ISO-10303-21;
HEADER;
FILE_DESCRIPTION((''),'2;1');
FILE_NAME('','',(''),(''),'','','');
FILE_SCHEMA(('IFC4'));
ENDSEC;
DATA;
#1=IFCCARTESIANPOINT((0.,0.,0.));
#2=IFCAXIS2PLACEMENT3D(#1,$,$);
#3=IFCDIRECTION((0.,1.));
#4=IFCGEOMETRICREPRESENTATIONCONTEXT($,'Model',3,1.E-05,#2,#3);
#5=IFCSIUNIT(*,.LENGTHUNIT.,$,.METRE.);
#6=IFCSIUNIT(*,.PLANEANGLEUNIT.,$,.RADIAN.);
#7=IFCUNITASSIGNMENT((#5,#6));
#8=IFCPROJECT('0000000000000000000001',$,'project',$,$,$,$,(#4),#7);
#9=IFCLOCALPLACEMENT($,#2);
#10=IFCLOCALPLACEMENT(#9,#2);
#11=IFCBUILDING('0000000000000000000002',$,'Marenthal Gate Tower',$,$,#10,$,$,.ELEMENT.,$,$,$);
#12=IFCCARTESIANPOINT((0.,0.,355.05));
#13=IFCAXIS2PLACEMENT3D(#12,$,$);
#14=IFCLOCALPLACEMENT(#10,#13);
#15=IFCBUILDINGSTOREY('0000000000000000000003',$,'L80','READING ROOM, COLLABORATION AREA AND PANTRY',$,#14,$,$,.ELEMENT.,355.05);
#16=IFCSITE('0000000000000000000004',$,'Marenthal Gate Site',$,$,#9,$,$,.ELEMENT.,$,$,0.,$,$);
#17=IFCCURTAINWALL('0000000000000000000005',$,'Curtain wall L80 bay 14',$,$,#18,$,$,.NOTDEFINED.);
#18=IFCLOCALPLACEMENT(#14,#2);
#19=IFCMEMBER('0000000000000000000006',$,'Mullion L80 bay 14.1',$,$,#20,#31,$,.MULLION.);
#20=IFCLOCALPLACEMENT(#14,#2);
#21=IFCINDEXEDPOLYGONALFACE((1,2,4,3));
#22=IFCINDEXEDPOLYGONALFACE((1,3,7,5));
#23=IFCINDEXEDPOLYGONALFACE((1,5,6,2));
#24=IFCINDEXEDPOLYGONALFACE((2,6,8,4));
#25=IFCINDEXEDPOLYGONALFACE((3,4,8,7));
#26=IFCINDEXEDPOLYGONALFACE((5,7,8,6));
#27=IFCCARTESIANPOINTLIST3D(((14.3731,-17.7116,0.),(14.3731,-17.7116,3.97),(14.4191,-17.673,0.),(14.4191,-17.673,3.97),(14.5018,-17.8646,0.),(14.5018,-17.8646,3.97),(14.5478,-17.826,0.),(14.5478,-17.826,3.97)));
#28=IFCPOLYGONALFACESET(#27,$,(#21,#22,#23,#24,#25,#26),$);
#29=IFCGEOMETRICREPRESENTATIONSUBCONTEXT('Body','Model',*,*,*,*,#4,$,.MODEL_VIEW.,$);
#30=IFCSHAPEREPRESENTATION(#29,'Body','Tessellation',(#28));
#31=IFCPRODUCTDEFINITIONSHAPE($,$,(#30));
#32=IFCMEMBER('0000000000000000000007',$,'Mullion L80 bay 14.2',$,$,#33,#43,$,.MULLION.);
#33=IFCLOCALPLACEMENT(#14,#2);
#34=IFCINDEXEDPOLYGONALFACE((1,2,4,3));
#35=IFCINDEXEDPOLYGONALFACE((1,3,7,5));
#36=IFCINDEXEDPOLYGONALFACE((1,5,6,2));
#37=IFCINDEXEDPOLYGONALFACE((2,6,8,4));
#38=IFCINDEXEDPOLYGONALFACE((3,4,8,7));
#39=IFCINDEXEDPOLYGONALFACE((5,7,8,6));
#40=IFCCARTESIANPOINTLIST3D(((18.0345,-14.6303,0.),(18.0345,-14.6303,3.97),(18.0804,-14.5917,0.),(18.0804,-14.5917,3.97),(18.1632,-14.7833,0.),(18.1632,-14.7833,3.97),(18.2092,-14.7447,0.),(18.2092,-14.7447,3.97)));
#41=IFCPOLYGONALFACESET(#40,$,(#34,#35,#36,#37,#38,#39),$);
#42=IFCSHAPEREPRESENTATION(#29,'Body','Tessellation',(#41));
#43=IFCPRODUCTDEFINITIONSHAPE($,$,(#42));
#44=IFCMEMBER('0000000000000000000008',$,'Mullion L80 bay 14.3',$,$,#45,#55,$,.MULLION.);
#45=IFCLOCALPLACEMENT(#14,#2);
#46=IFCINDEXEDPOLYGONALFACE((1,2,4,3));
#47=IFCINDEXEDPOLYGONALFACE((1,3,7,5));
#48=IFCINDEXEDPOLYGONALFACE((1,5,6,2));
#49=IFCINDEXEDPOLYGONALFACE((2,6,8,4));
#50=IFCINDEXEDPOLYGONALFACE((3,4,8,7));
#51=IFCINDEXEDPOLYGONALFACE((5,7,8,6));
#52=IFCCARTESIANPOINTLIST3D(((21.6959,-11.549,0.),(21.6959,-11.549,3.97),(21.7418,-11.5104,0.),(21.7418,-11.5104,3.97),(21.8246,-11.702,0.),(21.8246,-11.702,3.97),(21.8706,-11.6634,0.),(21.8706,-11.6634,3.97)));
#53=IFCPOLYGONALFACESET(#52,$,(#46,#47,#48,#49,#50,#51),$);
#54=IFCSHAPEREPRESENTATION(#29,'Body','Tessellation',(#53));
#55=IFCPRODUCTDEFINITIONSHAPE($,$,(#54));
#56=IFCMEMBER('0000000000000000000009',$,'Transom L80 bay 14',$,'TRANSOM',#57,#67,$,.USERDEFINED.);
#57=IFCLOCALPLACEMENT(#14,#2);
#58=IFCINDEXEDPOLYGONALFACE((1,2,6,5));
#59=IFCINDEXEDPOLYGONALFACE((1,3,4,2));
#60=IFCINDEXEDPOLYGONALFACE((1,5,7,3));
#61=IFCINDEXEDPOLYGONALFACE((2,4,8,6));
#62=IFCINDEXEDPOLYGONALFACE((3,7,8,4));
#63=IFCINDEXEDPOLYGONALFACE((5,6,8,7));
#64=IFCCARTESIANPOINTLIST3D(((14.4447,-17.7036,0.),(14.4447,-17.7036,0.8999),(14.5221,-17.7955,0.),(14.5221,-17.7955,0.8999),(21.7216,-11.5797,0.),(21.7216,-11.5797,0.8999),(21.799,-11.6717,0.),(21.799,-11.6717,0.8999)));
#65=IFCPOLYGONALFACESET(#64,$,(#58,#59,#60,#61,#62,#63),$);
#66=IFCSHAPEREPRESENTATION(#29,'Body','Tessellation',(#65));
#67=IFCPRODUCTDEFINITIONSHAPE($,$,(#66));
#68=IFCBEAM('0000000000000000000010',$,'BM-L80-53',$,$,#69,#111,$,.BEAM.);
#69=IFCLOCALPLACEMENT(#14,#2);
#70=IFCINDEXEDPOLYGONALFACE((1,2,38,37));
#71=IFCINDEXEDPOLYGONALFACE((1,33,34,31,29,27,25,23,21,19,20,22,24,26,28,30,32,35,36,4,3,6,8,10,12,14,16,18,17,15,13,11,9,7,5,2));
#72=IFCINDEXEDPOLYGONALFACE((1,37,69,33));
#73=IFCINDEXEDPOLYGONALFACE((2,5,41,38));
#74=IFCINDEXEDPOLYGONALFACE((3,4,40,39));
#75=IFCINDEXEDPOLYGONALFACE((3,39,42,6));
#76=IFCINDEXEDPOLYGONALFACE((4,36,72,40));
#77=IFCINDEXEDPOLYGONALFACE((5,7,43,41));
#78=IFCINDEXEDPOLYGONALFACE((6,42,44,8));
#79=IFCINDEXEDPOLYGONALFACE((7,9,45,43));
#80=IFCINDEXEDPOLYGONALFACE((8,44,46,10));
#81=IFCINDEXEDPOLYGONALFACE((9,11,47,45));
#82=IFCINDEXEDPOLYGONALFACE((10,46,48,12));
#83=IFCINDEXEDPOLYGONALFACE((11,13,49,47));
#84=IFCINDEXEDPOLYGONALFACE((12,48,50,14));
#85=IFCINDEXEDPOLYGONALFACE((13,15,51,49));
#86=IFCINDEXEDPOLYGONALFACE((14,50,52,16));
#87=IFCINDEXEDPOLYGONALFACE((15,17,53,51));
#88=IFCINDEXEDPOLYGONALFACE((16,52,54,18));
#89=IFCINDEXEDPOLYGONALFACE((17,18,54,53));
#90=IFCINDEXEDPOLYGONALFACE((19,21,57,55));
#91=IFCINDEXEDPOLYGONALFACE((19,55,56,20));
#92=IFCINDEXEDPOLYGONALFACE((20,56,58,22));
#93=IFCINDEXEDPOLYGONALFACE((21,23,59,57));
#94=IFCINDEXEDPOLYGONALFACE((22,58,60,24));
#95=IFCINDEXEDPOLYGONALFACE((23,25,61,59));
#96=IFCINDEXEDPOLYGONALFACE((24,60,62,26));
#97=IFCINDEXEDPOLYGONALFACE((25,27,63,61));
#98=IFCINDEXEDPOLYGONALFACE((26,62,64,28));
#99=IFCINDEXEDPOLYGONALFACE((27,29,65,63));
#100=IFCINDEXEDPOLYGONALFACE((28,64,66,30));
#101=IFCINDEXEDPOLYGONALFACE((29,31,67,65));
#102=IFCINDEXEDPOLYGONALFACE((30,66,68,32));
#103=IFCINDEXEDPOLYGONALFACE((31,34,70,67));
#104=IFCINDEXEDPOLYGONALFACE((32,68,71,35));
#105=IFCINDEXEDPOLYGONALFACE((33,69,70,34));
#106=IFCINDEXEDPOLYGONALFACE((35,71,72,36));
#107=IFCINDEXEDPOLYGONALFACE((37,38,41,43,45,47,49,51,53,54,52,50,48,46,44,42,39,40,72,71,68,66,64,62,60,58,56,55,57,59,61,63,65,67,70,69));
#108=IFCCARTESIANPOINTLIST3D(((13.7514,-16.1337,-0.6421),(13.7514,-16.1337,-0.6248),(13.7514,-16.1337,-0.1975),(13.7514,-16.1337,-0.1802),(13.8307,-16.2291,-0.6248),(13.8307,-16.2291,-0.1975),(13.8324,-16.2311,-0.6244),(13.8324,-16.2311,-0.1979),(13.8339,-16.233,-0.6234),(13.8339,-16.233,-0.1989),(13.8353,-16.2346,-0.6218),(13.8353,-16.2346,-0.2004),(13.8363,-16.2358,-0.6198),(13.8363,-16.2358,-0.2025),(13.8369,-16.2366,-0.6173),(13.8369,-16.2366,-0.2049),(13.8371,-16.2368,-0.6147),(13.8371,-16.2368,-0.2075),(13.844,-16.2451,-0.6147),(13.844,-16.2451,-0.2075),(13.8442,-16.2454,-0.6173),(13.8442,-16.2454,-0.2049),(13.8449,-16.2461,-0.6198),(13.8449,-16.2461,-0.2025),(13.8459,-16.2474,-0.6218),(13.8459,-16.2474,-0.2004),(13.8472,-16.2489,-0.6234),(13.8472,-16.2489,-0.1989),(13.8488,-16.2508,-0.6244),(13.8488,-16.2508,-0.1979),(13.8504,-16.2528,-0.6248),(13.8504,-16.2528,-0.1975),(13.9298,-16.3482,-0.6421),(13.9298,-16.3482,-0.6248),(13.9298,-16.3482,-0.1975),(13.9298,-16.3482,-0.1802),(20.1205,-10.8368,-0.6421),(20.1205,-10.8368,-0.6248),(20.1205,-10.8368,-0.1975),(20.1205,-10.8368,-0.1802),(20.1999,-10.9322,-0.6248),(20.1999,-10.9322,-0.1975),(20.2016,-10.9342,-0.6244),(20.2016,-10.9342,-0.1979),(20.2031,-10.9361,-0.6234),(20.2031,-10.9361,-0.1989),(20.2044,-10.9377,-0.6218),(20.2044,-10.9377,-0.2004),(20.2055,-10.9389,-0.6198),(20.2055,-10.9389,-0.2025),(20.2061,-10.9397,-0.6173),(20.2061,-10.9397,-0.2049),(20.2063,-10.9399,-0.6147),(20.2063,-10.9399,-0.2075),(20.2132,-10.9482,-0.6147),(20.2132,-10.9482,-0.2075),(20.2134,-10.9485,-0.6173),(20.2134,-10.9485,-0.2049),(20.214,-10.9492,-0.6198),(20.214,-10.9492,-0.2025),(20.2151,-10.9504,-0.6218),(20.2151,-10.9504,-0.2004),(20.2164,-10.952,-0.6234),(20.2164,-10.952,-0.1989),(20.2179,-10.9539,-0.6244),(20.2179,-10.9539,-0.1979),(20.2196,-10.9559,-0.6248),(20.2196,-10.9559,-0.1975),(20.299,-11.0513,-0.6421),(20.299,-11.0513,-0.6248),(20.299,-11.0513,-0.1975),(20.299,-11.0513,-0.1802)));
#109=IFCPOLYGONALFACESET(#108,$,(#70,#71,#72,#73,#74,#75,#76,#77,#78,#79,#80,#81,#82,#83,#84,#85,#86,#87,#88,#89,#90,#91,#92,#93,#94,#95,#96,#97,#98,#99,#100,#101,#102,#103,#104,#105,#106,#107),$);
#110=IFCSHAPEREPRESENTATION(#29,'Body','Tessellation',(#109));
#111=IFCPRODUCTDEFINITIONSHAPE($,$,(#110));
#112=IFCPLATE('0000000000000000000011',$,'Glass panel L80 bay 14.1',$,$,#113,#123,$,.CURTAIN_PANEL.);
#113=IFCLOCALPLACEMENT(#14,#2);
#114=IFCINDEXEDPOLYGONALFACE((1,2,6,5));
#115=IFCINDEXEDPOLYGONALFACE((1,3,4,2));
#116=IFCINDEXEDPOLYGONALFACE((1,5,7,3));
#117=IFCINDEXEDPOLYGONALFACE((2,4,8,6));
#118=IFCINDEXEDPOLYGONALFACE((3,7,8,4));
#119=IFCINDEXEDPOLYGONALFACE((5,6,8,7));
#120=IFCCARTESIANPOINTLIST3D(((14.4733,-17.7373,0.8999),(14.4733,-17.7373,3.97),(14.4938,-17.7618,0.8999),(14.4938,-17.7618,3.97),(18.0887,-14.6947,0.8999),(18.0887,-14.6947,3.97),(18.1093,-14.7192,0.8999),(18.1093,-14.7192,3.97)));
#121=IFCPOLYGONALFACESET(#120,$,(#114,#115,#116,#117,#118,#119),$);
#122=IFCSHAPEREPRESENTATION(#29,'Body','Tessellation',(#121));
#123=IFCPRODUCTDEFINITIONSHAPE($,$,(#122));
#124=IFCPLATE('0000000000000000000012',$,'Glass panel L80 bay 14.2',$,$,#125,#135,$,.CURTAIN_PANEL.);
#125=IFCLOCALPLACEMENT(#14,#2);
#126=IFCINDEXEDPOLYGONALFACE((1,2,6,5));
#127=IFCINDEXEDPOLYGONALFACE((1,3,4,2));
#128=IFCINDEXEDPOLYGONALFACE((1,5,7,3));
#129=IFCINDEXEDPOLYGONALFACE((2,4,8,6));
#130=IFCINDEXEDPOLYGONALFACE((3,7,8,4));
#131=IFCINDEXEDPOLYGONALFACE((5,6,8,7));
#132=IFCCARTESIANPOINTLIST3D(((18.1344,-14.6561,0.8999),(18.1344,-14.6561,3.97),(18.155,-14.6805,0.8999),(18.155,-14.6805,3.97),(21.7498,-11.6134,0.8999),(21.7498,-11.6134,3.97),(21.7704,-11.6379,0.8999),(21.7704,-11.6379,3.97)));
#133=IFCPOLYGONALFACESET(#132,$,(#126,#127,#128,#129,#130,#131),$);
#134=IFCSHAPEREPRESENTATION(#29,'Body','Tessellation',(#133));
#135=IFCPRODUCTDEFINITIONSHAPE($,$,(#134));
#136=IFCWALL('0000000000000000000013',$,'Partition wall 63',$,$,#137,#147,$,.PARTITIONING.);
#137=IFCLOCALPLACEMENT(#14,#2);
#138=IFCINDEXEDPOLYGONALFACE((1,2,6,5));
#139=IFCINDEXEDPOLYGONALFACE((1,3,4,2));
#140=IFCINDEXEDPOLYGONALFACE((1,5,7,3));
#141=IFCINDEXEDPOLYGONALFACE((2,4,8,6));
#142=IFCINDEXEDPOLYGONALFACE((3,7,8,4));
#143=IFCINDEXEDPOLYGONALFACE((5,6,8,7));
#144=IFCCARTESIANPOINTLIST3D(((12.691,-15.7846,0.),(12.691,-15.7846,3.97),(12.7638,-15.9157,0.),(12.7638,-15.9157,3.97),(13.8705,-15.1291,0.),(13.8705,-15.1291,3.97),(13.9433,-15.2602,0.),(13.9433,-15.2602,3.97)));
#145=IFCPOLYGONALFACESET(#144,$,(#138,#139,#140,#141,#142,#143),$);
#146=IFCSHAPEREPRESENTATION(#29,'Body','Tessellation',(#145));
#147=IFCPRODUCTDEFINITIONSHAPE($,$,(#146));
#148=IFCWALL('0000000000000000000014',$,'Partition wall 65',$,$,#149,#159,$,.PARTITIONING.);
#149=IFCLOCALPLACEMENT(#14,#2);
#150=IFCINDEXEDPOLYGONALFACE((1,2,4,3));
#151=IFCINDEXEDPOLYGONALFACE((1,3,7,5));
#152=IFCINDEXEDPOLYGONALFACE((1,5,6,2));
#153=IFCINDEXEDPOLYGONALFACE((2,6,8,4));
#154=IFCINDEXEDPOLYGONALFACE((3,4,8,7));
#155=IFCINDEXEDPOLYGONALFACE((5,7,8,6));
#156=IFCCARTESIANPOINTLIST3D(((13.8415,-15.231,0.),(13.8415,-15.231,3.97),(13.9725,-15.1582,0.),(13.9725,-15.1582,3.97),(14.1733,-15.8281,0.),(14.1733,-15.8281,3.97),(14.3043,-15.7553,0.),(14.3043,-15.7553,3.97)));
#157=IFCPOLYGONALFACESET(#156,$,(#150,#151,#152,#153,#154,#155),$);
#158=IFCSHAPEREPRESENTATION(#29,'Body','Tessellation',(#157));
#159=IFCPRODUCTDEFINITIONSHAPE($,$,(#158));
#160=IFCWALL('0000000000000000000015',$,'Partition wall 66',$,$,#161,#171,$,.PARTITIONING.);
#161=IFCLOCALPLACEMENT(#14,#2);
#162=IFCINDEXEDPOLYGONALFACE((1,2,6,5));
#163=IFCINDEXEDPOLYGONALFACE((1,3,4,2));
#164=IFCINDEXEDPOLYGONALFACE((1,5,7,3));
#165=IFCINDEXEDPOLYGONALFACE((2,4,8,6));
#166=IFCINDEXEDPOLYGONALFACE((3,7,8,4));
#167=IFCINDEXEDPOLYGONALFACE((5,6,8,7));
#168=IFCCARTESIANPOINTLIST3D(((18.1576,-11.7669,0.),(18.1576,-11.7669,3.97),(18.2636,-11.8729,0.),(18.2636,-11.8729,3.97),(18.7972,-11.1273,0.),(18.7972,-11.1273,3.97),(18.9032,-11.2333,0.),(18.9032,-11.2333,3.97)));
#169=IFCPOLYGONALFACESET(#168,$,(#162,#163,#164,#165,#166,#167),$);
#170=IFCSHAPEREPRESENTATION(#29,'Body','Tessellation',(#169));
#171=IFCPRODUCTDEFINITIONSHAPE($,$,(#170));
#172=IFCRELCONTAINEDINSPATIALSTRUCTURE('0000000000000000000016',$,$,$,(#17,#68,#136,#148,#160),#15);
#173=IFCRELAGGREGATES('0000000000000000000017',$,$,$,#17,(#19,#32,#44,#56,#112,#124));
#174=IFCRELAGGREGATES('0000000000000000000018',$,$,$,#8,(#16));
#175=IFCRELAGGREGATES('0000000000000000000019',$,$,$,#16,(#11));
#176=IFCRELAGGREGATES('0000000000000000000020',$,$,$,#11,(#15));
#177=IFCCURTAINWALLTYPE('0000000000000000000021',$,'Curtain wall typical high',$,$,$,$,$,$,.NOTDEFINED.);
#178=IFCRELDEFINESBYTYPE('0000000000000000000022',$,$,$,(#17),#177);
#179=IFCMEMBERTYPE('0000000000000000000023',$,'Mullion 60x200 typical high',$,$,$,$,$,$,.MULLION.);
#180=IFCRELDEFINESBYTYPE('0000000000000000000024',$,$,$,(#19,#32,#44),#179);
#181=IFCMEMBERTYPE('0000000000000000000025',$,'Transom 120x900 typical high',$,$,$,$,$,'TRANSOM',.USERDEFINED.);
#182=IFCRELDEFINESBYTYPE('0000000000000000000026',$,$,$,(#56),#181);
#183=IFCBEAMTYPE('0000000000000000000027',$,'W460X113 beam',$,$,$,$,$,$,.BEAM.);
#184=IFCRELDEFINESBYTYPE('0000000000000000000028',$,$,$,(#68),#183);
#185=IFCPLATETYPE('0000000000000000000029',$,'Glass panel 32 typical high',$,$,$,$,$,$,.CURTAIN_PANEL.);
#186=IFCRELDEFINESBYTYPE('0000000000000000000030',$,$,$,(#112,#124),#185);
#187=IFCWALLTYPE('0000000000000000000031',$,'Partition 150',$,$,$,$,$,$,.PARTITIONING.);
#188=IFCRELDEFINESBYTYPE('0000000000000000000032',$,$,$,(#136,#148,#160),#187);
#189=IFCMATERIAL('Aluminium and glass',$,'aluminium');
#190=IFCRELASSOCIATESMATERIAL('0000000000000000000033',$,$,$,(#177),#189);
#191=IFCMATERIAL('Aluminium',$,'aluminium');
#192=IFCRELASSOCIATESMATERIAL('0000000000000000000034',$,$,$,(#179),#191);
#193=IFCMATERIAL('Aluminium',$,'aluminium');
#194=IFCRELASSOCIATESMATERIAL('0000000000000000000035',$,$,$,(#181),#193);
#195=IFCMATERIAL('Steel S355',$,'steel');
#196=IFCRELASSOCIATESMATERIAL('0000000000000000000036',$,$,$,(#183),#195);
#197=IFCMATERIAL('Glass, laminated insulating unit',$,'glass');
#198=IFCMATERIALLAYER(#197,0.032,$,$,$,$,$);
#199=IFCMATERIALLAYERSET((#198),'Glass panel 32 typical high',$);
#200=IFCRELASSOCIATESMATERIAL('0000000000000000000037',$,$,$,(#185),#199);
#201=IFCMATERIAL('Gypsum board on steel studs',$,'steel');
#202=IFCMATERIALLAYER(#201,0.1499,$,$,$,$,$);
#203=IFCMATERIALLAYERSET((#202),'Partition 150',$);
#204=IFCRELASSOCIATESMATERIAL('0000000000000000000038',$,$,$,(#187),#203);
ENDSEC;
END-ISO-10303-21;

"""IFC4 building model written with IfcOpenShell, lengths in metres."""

from ifc_helpers import new_model, si_unit, direction, frame, frame_2d, origin, origin_2d, place, context, subcontext, project, spatial, rectangle, i_section, extrude, material, layer, layer_set, material_profile, profile_set, type_object, element, aggregate, save


model = new_model("IFC4")

# Units and contexts
model_context = context("Model", 3, precision=1e-05, world=origin(), true_north=direction((0.0, 1.0)))
body_context = subcontext(model_context, "Body", "Model", "MODEL_VIEW")
ifc_project = project(units=[si_unit("LENGTHUNIT", "METRE"), si_unit("PLANEANGLEUNIT", "RADIAN")], contexts=[model_context])

# Site, building, storey
site_placement = place(None, origin())
site = spatial("IfcSite", under=ifc_project, at=site_placement, Name="Marenthal Gate Site", CompositionType="ELEMENT", RefElevation=0.0)
building_placement = place(site_placement, origin())
building = spatial("IfcBuilding", under=site, at=building_placement, Name="Marenthal Gate Tower", CompositionType="ELEMENT")
storey_placement = place(building_placement, frame((0.0, 0.0, 355.05)))
storey = spatial("IfcBuildingStorey", under=building, at=storey_placement, Name="L80", Description="READING ROOM, COLLABORATION AREA AND PANTRY", CompositionType="ELEMENT", Elevation=355.05)

# Curtain wall, members
ifc_material_1 = material(Name="Aluminium and glass", Category="aluminium")
curtain_wall_type = type_object("IfcCurtainWallType", Name="Curtain wall typical high", PredefinedType="NOTDEFINED", material=ifc_material_1)
curtain_wall_placement = place(storey_placement, origin())
curtain_wall = element("IfcCurtainWall", 1, at=curtain_wall_placement, inside=storey, type_object=curtain_wall_type, Name="Curtain wall L80 bay 14", PredefinedType="NOTDEFINED")
ifc_material_2 = material(Name="Aluminium", Category="aluminium")
ifc_material_profile_1 = material_profile(ifc_material_2, rectangle(XDim=0.2, YDim=0.0601, at=origin_2d()), Name="60x200 aluminium mullion")
ifc_profile_set_1 = profile_set([ifc_material_profile_1], Name="Aluminium")
member_type_1 = type_object("IfcMemberType", Name="Mullion 60x200 typical high", PredefinedType="MULLION", material=ifc_profile_set_1)
member_1_placement = place(storey_placement, frame((14.4604, -17.7688, 0.0), z_axis=(0.0, 0.0, 1.0), x_axis=(-0.643896, 0.765113, 0.0)))
member_1 = element("IfcMember", 2, at=member_1_placement, type_object=member_type_1, Name="Mullion L80 bay 14.1", PredefinedType="MULLION", context=body_context, shape_type="SweptSolid", body=[
    extrude(rectangle(XDim=0.2, YDim=0.0601, at=origin_2d()), origin(), (0.0, 0.0, 1.0), 3.97),
])
member_2_placement = place(storey_placement, frame((18.1218, -14.6875, 0.0), z_axis=(0.0, 0.0, 1.0), x_axis=(-0.643896, 0.765113, 0.0)))
member_2 = element("IfcMember", 3, at=member_2_placement, type_object=member_type_1, Name="Mullion L80 bay 14.2", PredefinedType="MULLION", context=body_context, shape_type="SweptSolid", body=[
    extrude(rectangle(XDim=0.2, YDim=0.0601, at=origin_2d()), origin(), (0.0, 0.0, 1.0), 3.97),
])
member_3_placement = place(storey_placement, frame((21.7832, -11.6062, 0.0), z_axis=(0.0, 0.0, 1.0), x_axis=(-0.643896, 0.765113, 0.0)))
member_3 = element("IfcMember", 4, at=member_3_placement, type_object=member_type_1, Name="Mullion L80 bay 14.3", PredefinedType="MULLION", context=body_context, shape_type="SweptSolid", body=[
    extrude(rectangle(XDim=0.2, YDim=0.0601, at=origin_2d()), origin(), (0.0, 0.0, 1.0), 3.97),
])
ifc_material_3 = material(Name="Aluminium", Category="aluminium")
ifc_material_profile_2 = material_profile(ifc_material_3, rectangle(XDim=0.1201, YDim=0.8999, at=origin_2d()), Name="120x900 aluminium transom")
ifc_profile_set_2 = profile_set([ifc_material_profile_2], Name="Aluminium")
member_type_2 = type_object("IfcMemberType", Name="Transom 120x900 typical high", ElementType="TRANSOM", PredefinedType="USERDEFINED", material=ifc_profile_set_2)
member_4_placement = place(storey_placement, frame((14.4834, -17.7495, 0.45), z_axis=(0.765124, 0.643884, 0.0), x_axis=(-0.643884, 0.765124, 0.0)))
member_4 = element("IfcMember", 5, at=member_4_placement, type_object=member_type_2, Name="Transom L80 bay 14", ObjectType="TRANSOM", PredefinedType="USERDEFINED", context=body_context, shape_type="SweptSolid", body=[
    extrude(rectangle(XDim=0.1201, YDim=0.8999, at=origin_2d()), origin(), (0.0, 0.0, 1.0), 9.5107),
])

# Beam
ifc_material_4 = material(Name="Steel S355", Category="steel")
ifc_material_profile_3 = material_profile(ifc_material_4, i_section(OverallWidth=0.2791, OverallDepth=0.4619, WebThickness=0.0107, FlangeThickness=0.0173, FilletRadius=0.01, at=origin_2d()), Name="W460X113")
ifc_profile_set_3 = profile_set([ifc_material_profile_3], Name="Steel S355")
beam_type = type_object("IfcBeamType", Name="W460X113 beam", PredefinedType="BEAM", material=ifc_profile_set_3)
beam_placement = place(storey_placement, frame((13.8406, -16.241, -0.4111), z_axis=(0.768859, 0.639419, 0.0), x_axis=(-0.639419, 0.768859, 0.0)))
element("IfcBeam", 6, at=beam_placement, inside=storey, type_object=beam_type, Name="BM-L80-53", PredefinedType="BEAM", context=body_context, shape_type="SweptSolid", body=[
    extrude(i_section(OverallWidth=0.2791, OverallDepth=0.4619, WebThickness=0.0107, FlangeThickness=0.0173, FilletRadius=0.01, at=origin_2d()), origin(), (0.0, 0.0, 1.0), 8.2839),
])

# Plates
ifc_material_5 = material(Name="Glass, laminated insulating unit", Category="glass")
ifc_layer_1 = layer(ifc_material_5, 0.032)
ifc_layer_set_1 = layer_set([ifc_layer_1], Name="Glass panel 32 typical high")
plate_type = type_object("IfcPlateType", Name="Glass panel 32 typical high", PredefinedType="CURTAIN_PANEL", material=ifc_layer_set_1)
plate_1_placement = place(storey_placement, frame((16.2913, -16.2283, 0.8999), z_axis=(0.0, 0.0, 1.0), x_axis=(0.765113, 0.643896, 0.0)))
plate_1 = element("IfcPlate", 7, at=plate_1_placement, type_object=plate_type, Name="Glass panel L80 bay 14.1", PredefinedType="CURTAIN_PANEL", context=body_context, shape_type="SweptSolid", body=[
    extrude(rectangle(XDim=4.7253, YDim=0.032, at=origin_2d()), origin(), (0.0, 0.0, 1.0), 3.0701),
])
plate_2_placement = place(storey_placement, frame((19.9524, -13.147, 0.8999), z_axis=(0.0, 0.0, 1.0), x_axis=(0.765113, 0.643896, 0.0)))
plate_2 = element("IfcPlate", 8, at=plate_2_placement, type_object=plate_type, Name="Glass panel L80 bay 14.2", PredefinedType="CURTAIN_PANEL", context=body_context, shape_type="SweptSolid", body=[
    extrude(rectangle(XDim=4.7253, YDim=0.032, at=origin_2d()), origin(), (0.0, 0.0, 1.0), 3.0701),
])
aggregate(curtain_wall, [member_1, member_2, member_3, member_4, plate_1, plate_2])

# Walls
ifc_material_6 = material(Name="Gypsum board on steel studs", Category="steel")
ifc_layer_2 = layer(ifc_material_6, 0.1499)
ifc_layer_set_2 = layer_set([ifc_layer_2], Name="Partition 150")
wall_type_1 = type_object("IfcWallType", Name="Partition 150", PredefinedType="PARTITIONING", material=ifc_layer_set_2)
wall_1_placement = place(storey_placement, frame((13.907, -15.1946, 0.0), z_axis=(0.0, 0.0, 1.0), x_axis=(-0.874072, -0.485797, 0.0)))
element("IfcWall", 9, at=wall_1_placement, inside=storey, type_object=wall_type_1, Name="Partition wall 63", PredefinedType="PARTITIONING", context=body_context, shape_type="SweptSolid", body=[
    extrude(rectangle(XDim=1.3494, YDim=0.1499, at=frame_2d((0.6748, 0.0))), origin(), (0.0, 0.0, 1.0), 3.97),
])
wall_2_placement = place(storey_placement, frame((14.2388, -15.7917, 0.0), z_axis=(0.0, 0.0, 1.0), x_axis=(-0.485673, 0.87414, 0.0)))
element("IfcWall", 10, at=wall_2_placement, inside=storey, type_object=wall_type_1, Name="Partition wall 65", PredefinedType="PARTITIONING", context=body_context, shape_type="SweptSolid", body=[
    extrude(rectangle(XDim=0.6831, YDim=0.1499, at=frame_2d((0.3416, 0.0))), origin(), (0.0, 0.0, 1.0), 3.97),
])
wall_3_placement = place(storey_placement, frame((18.8501, -11.1804, 0.0), z_axis=(0.0, 0.0, 1.0), x_axis=(-0.707107, -0.707107, 0.0)))
element("IfcWall", 11, at=wall_3_placement, inside=storey, type_object=wall_type_1, Name="Partition wall 66", PredefinedType="PARTITIONING", context=body_context, shape_type="SweptSolid", body=[
    extrude(rectangle(XDim=0.9045, YDim=0.1499, at=frame_2d((0.4521, 0.0))), origin(), (0.0, 0.0, 1.0), 3.97),
])

save(model, "model.ifc")
